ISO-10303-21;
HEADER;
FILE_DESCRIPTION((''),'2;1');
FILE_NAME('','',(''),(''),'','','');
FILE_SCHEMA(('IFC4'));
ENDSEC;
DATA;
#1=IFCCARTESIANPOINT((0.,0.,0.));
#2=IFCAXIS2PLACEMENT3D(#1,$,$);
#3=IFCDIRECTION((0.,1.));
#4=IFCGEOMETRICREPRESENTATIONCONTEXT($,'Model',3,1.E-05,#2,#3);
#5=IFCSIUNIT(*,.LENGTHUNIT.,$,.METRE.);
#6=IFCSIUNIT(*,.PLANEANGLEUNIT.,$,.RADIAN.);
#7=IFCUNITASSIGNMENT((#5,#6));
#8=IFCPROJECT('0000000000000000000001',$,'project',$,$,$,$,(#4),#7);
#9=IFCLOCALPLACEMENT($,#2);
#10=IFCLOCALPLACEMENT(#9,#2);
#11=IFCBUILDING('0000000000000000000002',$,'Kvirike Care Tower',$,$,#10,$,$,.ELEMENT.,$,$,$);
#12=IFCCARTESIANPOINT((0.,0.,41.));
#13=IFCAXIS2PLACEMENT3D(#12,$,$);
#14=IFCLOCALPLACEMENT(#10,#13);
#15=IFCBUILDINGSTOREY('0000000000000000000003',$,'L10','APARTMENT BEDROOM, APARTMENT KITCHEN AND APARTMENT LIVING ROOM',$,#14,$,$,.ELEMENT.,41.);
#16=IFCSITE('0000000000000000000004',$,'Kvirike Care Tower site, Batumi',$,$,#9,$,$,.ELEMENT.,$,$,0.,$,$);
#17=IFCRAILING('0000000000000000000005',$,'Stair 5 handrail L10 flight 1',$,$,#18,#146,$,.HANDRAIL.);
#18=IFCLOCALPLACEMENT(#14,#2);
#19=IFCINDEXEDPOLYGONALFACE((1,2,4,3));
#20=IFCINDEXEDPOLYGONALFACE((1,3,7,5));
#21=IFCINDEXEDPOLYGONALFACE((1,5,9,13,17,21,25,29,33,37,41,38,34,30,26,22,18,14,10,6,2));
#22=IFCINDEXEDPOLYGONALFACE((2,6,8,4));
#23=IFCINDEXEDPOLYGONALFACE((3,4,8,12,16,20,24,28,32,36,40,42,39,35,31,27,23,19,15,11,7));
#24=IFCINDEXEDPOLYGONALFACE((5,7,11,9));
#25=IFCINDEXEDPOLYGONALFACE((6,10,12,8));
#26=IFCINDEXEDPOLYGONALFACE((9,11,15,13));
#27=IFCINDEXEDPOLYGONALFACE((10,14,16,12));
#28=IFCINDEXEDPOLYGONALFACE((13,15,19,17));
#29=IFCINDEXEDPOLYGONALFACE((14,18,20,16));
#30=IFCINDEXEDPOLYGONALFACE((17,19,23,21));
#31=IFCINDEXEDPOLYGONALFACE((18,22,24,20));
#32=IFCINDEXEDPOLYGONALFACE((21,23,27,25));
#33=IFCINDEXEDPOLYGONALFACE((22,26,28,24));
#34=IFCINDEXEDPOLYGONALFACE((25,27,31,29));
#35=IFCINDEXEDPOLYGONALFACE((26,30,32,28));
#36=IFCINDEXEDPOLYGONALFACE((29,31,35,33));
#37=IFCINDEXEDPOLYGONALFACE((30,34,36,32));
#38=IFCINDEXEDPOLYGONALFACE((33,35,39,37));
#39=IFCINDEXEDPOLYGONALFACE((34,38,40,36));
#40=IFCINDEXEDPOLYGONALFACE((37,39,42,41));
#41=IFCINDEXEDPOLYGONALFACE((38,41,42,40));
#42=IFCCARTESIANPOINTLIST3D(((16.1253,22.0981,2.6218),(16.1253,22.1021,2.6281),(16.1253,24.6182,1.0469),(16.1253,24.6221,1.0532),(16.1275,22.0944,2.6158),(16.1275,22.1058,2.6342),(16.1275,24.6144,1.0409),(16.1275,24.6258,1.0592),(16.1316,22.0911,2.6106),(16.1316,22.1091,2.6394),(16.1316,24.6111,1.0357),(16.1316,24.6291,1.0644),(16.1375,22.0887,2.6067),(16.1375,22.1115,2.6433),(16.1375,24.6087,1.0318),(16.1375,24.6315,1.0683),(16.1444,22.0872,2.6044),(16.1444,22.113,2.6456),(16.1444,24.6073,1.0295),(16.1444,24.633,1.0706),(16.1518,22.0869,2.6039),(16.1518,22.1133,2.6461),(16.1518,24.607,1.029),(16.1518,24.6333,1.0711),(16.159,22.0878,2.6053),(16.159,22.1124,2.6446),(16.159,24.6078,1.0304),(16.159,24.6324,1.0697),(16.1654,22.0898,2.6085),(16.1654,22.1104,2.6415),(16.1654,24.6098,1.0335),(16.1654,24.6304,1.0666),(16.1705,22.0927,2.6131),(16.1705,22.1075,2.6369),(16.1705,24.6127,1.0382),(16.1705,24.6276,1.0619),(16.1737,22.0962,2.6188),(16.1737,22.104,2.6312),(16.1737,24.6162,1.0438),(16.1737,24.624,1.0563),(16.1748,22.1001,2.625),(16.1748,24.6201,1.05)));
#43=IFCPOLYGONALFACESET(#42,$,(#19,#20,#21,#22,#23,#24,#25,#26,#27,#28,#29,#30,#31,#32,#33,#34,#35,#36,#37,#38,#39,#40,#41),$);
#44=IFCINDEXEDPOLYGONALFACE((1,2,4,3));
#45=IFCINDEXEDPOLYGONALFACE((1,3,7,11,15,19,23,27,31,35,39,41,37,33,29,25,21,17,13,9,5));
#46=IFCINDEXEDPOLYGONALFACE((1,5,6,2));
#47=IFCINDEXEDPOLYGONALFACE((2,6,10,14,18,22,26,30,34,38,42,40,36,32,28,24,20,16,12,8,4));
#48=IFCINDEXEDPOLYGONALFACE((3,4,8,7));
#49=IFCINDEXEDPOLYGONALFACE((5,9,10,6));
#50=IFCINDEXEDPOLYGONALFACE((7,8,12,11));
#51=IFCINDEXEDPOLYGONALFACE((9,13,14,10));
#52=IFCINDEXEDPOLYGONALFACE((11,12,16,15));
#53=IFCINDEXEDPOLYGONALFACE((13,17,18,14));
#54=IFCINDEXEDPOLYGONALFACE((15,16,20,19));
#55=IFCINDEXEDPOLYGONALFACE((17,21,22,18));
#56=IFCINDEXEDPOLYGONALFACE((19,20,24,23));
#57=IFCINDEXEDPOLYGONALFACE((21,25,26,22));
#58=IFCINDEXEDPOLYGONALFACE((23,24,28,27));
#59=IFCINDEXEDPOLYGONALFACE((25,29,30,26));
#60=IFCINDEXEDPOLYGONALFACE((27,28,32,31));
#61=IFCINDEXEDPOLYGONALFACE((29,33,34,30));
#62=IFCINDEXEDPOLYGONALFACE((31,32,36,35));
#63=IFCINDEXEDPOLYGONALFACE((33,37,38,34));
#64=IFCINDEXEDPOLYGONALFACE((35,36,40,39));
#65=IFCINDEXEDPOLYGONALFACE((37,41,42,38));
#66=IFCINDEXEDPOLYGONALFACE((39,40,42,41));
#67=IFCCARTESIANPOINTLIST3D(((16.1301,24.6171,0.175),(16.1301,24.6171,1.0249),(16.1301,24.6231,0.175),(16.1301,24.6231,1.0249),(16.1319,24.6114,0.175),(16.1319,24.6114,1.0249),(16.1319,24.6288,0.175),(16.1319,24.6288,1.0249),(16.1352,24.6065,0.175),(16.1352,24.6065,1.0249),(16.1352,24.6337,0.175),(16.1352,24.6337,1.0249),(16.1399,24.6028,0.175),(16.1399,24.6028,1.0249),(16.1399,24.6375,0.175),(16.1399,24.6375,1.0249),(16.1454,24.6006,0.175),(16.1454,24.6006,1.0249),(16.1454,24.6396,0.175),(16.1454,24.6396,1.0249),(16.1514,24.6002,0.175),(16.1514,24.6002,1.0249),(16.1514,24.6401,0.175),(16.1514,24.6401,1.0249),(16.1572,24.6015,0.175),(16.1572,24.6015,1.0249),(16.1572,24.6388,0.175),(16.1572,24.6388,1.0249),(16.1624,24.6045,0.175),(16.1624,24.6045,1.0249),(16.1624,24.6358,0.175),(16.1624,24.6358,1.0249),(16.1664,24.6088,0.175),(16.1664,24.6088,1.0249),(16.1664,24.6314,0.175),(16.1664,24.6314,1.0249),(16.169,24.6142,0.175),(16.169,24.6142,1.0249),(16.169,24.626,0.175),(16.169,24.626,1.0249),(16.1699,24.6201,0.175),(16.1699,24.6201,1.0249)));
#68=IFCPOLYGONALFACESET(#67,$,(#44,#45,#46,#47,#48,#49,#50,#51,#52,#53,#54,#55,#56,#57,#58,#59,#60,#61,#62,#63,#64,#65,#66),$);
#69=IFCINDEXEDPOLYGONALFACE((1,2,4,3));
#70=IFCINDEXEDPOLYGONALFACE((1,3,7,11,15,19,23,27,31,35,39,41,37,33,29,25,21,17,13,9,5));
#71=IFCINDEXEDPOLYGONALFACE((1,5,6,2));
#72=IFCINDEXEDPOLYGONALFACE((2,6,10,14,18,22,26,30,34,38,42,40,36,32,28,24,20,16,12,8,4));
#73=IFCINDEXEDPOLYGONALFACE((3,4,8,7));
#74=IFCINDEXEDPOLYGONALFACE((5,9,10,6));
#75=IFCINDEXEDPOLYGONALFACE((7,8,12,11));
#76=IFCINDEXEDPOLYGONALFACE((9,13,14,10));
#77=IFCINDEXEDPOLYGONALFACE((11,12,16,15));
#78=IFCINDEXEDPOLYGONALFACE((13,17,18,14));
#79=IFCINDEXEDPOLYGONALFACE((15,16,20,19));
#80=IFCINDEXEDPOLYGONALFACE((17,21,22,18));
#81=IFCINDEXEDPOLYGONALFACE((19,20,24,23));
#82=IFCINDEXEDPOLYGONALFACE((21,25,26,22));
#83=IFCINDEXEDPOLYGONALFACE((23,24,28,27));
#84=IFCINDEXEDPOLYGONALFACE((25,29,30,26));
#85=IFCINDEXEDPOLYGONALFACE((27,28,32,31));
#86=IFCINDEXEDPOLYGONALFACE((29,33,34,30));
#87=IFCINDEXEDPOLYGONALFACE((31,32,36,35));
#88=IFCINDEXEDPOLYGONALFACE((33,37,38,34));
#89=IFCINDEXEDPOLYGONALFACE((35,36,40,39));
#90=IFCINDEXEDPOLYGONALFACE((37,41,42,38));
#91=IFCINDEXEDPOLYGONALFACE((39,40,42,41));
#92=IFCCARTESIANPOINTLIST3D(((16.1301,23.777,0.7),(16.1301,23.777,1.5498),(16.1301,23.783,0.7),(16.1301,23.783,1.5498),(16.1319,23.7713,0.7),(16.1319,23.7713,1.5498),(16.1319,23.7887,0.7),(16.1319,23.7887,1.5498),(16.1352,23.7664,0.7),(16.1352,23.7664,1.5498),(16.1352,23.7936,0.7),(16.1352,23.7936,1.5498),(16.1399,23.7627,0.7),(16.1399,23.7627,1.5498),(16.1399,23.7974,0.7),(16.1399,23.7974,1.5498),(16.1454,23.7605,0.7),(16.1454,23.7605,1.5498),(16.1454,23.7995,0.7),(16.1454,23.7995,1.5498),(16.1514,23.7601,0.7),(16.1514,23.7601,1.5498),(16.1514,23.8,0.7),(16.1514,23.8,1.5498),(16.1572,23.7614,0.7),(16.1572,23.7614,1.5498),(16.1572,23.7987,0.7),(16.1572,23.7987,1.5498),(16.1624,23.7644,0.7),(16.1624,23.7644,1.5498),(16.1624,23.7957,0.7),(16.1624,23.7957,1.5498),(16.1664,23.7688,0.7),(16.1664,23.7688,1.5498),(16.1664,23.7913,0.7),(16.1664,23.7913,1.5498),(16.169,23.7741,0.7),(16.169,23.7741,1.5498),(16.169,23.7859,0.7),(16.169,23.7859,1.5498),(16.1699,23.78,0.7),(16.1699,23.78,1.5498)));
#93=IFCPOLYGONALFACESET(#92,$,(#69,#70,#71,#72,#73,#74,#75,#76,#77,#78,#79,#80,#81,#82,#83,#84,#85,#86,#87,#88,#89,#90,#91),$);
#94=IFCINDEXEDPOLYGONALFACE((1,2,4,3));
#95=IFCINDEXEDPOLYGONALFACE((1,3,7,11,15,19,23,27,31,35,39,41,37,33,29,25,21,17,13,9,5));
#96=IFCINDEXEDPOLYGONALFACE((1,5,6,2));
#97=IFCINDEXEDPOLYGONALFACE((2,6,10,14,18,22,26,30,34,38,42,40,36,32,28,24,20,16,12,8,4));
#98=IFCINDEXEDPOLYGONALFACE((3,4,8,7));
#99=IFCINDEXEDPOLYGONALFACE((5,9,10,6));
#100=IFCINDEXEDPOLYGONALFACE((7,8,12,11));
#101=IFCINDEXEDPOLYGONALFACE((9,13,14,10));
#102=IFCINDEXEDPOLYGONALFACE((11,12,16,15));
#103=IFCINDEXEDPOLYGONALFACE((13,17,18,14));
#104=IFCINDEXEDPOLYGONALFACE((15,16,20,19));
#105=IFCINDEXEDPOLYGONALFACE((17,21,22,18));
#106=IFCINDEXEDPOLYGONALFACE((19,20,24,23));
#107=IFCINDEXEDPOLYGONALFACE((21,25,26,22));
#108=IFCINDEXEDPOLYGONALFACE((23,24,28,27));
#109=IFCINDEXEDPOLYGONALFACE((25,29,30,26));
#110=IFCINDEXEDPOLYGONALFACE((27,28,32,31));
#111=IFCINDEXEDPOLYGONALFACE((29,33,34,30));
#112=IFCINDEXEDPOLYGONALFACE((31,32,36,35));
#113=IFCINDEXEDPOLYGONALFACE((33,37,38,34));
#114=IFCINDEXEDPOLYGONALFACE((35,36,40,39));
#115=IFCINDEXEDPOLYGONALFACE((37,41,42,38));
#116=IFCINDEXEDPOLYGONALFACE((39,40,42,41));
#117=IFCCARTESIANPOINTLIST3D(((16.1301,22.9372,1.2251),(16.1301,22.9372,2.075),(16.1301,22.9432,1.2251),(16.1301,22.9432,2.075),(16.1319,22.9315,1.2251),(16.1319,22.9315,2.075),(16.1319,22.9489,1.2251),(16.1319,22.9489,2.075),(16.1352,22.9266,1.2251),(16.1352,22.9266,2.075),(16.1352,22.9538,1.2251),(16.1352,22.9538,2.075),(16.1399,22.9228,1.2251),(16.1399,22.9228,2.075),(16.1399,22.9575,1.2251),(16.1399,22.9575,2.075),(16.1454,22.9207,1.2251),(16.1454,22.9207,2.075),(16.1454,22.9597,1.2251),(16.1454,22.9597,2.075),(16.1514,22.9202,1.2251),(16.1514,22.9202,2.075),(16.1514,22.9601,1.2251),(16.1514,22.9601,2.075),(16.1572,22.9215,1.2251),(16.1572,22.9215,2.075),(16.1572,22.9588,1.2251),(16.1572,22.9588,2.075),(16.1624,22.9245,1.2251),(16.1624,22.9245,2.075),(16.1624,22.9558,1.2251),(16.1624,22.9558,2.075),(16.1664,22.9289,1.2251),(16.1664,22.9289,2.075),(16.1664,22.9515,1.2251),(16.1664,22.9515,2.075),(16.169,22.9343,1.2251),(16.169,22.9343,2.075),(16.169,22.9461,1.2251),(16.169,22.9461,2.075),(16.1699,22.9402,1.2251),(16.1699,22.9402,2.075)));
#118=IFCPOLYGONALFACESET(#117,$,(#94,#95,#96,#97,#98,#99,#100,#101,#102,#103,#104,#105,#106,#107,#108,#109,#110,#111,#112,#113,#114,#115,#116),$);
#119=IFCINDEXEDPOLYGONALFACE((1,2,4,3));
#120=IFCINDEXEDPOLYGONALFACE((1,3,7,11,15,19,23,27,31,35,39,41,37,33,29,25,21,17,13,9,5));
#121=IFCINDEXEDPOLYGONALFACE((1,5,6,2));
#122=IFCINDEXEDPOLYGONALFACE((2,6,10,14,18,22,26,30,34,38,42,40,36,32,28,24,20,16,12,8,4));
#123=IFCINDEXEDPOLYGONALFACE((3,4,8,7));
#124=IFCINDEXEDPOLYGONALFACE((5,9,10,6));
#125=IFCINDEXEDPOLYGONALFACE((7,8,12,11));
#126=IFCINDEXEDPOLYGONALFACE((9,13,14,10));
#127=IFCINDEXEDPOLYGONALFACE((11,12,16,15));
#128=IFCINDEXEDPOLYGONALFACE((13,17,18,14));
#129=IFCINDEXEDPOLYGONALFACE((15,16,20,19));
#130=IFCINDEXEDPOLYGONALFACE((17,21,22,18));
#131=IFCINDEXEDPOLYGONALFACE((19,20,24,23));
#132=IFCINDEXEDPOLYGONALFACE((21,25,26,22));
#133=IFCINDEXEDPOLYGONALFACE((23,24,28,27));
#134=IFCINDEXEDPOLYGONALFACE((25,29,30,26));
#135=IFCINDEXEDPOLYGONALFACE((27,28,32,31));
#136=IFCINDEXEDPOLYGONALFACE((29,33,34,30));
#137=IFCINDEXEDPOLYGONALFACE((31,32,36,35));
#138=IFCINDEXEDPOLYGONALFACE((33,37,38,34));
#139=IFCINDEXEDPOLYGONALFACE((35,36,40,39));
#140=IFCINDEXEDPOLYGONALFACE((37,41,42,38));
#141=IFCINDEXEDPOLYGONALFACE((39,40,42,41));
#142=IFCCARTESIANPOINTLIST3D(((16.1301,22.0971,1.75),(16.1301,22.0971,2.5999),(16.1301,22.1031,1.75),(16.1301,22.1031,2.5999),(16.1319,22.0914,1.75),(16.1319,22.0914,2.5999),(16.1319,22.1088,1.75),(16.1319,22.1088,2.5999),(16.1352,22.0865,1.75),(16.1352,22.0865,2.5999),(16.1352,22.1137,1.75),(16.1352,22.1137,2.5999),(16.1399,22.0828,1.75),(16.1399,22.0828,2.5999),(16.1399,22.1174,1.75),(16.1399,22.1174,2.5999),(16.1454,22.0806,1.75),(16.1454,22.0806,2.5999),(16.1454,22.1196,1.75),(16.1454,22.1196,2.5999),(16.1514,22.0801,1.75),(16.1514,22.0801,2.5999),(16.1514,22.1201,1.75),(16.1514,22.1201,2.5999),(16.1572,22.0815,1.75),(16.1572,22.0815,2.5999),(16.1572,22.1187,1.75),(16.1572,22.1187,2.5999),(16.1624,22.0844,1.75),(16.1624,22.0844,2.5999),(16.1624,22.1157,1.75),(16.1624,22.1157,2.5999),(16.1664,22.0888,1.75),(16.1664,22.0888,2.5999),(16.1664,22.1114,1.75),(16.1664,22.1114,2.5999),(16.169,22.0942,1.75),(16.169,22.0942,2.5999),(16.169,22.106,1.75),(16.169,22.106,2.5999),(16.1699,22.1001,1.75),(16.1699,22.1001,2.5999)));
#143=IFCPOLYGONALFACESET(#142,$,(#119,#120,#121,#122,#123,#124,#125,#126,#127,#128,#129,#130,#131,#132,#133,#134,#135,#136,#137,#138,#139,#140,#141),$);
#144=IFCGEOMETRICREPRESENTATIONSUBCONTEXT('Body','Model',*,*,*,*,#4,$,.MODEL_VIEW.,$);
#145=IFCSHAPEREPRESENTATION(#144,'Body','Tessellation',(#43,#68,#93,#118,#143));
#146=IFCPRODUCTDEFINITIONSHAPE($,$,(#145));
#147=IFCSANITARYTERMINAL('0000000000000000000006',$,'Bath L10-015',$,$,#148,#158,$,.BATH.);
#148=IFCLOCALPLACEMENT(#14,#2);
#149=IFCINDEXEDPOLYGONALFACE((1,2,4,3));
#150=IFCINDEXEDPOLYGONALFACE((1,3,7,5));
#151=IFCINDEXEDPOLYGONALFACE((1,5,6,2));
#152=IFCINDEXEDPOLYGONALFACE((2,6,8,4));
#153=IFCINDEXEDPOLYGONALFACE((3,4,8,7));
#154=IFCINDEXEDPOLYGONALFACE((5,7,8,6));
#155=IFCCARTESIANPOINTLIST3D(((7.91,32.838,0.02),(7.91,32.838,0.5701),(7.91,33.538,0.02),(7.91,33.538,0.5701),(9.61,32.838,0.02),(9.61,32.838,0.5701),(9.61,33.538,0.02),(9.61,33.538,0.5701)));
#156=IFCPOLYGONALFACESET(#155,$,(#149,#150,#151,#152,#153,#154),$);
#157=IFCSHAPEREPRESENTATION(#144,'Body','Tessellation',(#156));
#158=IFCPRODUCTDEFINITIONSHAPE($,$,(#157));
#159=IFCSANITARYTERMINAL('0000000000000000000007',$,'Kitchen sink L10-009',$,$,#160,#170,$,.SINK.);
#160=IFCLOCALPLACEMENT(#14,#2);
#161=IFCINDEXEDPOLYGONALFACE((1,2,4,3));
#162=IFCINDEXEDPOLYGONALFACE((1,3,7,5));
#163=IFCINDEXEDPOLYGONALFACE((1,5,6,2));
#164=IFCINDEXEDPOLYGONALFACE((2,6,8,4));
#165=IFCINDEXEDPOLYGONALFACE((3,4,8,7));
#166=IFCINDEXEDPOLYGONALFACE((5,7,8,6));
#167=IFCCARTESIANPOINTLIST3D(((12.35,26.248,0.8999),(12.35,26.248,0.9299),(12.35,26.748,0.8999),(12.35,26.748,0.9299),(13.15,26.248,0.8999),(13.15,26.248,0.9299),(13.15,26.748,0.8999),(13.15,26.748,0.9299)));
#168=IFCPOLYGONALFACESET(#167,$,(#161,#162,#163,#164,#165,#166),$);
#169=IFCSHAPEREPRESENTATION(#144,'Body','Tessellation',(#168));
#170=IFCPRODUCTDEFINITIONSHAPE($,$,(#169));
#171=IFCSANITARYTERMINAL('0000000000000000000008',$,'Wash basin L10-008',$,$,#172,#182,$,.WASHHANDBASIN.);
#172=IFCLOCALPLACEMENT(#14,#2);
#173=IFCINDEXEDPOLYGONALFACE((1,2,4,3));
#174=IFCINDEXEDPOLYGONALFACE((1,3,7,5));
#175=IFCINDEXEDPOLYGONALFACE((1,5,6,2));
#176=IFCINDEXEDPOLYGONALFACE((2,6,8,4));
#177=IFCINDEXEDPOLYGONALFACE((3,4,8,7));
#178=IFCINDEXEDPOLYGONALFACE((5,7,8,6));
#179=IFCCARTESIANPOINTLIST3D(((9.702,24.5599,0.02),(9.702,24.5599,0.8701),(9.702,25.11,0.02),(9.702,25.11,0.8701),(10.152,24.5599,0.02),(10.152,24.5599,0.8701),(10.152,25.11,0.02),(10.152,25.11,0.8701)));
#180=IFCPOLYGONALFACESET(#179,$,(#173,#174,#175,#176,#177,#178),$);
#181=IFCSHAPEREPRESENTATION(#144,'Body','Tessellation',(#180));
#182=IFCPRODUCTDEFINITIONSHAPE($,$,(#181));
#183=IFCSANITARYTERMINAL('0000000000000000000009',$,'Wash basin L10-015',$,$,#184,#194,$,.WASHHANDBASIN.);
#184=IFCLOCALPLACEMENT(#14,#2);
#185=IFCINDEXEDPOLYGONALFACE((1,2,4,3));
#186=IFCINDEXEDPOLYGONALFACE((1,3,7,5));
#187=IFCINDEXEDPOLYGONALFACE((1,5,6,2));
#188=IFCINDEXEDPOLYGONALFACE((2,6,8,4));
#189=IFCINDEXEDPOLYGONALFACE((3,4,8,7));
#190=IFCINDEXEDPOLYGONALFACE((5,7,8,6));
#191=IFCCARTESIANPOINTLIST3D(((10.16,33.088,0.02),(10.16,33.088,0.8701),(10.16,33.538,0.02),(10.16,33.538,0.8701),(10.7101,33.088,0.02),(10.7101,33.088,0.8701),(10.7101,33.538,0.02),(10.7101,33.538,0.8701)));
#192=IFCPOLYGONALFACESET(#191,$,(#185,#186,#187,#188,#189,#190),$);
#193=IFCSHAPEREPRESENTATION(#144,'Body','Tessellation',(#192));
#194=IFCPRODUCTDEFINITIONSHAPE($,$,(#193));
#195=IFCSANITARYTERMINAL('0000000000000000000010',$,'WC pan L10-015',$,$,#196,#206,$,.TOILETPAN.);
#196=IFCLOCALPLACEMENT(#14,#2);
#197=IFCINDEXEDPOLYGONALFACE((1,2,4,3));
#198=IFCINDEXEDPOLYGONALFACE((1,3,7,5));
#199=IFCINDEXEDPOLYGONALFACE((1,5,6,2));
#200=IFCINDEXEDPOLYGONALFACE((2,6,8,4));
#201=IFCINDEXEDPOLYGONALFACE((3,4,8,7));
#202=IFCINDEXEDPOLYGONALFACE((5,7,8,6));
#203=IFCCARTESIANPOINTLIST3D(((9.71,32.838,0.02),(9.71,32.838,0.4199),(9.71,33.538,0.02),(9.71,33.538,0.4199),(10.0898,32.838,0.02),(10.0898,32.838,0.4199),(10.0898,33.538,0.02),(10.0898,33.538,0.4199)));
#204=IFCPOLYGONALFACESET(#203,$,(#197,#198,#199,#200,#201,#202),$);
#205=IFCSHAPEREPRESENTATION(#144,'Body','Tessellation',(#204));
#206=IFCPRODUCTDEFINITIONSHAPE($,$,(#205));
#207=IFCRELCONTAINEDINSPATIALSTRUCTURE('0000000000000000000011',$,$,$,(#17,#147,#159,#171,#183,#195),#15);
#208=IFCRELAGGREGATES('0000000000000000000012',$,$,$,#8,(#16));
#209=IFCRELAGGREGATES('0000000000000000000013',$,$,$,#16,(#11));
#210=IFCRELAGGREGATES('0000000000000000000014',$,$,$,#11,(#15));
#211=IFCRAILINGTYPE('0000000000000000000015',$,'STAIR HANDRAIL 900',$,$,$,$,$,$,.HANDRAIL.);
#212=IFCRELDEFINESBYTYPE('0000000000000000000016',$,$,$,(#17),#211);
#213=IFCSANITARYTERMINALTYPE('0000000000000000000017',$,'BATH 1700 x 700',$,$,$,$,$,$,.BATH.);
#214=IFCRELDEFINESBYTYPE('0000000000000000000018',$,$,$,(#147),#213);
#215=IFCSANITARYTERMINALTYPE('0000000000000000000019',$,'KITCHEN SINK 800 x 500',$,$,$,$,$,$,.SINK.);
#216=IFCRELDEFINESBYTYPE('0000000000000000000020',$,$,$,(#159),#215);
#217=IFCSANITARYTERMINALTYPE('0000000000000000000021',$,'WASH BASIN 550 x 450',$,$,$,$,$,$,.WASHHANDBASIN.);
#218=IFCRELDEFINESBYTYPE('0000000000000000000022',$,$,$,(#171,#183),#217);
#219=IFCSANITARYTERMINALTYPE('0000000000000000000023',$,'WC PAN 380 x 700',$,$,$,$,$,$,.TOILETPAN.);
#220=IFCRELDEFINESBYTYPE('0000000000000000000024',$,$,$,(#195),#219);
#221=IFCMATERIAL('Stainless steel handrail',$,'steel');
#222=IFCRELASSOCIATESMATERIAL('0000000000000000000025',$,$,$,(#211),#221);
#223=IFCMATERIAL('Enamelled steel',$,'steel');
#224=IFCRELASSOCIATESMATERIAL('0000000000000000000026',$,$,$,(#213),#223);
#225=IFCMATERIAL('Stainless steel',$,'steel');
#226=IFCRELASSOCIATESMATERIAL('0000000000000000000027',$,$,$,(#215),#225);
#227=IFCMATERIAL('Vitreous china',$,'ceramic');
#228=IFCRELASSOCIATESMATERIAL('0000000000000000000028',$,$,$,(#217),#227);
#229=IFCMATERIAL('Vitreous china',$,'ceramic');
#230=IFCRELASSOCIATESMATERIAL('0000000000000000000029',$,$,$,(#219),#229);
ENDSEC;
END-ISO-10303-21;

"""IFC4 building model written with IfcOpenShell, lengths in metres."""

from ifc_helpers import new_model, si_unit, direction, frame, origin, origin_2d, place, context, subcontext, project, spatial, rectangle, circle, extrude, material, type_object, element, save


model = new_model("IFC4")

# Units and contexts
model_context = context("Model", 3, precision=1e-05, world=origin(), true_north=direction((0.0, 1.0)))
body_context = subcontext(model_context, "Body", "Model", "MODEL_VIEW")
ifc_project = project(units=[si_unit("LENGTHUNIT", "METRE"), si_unit("PLANEANGLEUNIT", "RADIAN")], contexts=[model_context])

# Site, building, storey
site_placement = place(None, origin())
site = spatial("IfcSite", under=ifc_project, at=site_placement, Name="Kvirike Care Tower site, Batumi", CompositionType="ELEMENT", RefElevation=0.0)
building_placement = place(site_placement, origin())
building = spatial("IfcBuilding", under=site, at=building_placement, Name="Kvirike Care Tower", CompositionType="ELEMENT")
storey_placement = place(building_placement, frame((0.0, 0.0, 41.0)))
storey = spatial("IfcBuildingStorey", under=building, at=storey_placement, Name="L10", Description="APARTMENT BEDROOM, APARTMENT KITCHEN AND APARTMENT LIVING ROOM", CompositionType="ELEMENT", Elevation=41.0)

# Railing
ifc_material_1 = material(Name="Stainless steel handrail", Category="steel")
railing_type = type_object("IfcRailingType", Name="STAIR HANDRAIL 900", PredefinedType="HANDRAIL", material=ifc_material_1)
railing_placement = place(storey_placement, frame((16.1499, 24.6201, 0.175)))
element("IfcRailing", 1, at=railing_placement, inside=storey, type_object=railing_type, Name="Stair 5 handrail L10 flight 1", PredefinedType="HANDRAIL", context=body_context, shape_type="SweptSolid", body=[
    extrude(circle(Radius=0.0249, at=origin_2d()), frame((0.0, 0.0, 0.875), z_axis=(0.0, -0.848008, 0.529984), x_axis=(1.0, 0.0, 0.0)), (0.0, 0.0, 1.0), 2.9717),
    extrude(circle(Radius=0.02, at=origin_2d()), origin(), (0.0, 0.0, 1.0), 0.8499),
    extrude(circle(Radius=0.02, at=origin_2d()), frame((0.0, -0.8401, 0.5249)), (0.0, 0.0, 1.0), 0.8499),
    extrude(circle(Radius=0.02, at=origin_2d()), frame((0.0, -1.6799, 1.05)), (0.0, 0.0, 1.0), 0.8499),
    extrude(circle(Radius=0.02, at=origin_2d()), frame((0.0, -2.52, 1.575)), (0.0, 0.0, 1.0), 0.8499),
])

# Sanitary terminals
ifc_material_2 = material(Name="Enamelled steel", Category="steel")
sanitary_terminal_type_1 = type_object("IfcSanitaryTerminalType", Name="BATH 1700 x 700", PredefinedType="BATH", material=ifc_material_2)
sanitary_terminal_1_placement = place(storey_placement, frame((8.76, 33.188, 0.02), z_axis=(0.0, 0.0, 1.0), x_axis=(1.0, 0.0, 0.0)))
element("IfcSanitaryTerminal", 2, at=sanitary_terminal_1_placement, inside=storey, type_object=sanitary_terminal_type_1, Name="Bath L10-015", PredefinedType="BATH", context=body_context, shape_type="SweptSolid", body=[
    extrude(rectangle(XDim=1.7, YDim=0.7, at=origin_2d()), origin(), (0.0, 0.0, 1.0), 0.55),
])
ifc_material_3 = material(Name="Stainless steel", Category="steel")
sanitary_terminal_type_2 = type_object("IfcSanitaryTerminalType", Name="KITCHEN SINK 800 x 500", PredefinedType="SINK", material=ifc_material_3)
sanitary_terminal_2_placement = place(storey_placement, frame((12.75, 26.498, 0.8999), z_axis=(0.0, 0.0, 1.0), x_axis=(1.0, 0.0, 0.0)))
element("IfcSanitaryTerminal", 3, at=sanitary_terminal_2_placement, inside=storey, type_object=sanitary_terminal_type_2, Name="Kitchen sink L10-009", PredefinedType="SINK", context=body_context, shape_type="SweptSolid", body=[
    extrude(rectangle(XDim=0.8, YDim=0.5, at=origin_2d()), origin(), (0.0, 0.0, 1.0), 0.03),
])
ifc_material_4 = material(Name="Vitreous china", Category="ceramic")
sanitary_terminal_type_3 = type_object("IfcSanitaryTerminalType", Name="WASH BASIN 550 x 450", PredefinedType="WASHHANDBASIN", material=ifc_material_4)
for number, where, z_axis, x_axis, name in (
    (4, (9.927, 24.835, 0.02), (0.0, 0.0, 1.0), (0.0, 1.0, 0.0), "Wash basin L10-008"),
    (5, (10.4351, 33.313, 0.02), (0.0, 0.0, 1.0), (1.0, 0.0, 0.0), "Wash basin L10-015"),
):
    element("IfcSanitaryTerminal", number, at=place(storey_placement, frame(where, z_axis=z_axis, x_axis=x_axis)), inside=storey, type_object=sanitary_terminal_type_3, Name=name, PredefinedType="WASHHANDBASIN", context=body_context, shape_type="SweptSolid", body=[
        extrude(rectangle(XDim=0.55, YDim=0.45, at=origin_2d()), origin(), (0.0, 0.0, 1.0), 0.8501),
    ])
ifc_material_5 = material(Name="Vitreous china", Category="ceramic")
sanitary_terminal_type_4 = type_object("IfcSanitaryTerminalType", Name="WC PAN 380 x 700", PredefinedType="TOILETPAN", material=ifc_material_5)
sanitary_terminal_3_placement = place(storey_placement, frame((9.8999, 33.188, 0.02), z_axis=(0.0, 0.0, 1.0), x_axis=(1.0, 0.0, 0.0)))
element("IfcSanitaryTerminal", 6, at=sanitary_terminal_3_placement, inside=storey, type_object=sanitary_terminal_type_4, Name="WC pan L10-015", PredefinedType="TOILETPAN", context=body_context, shape_type="SweptSolid", body=[
    extrude(rectangle(XDim=0.3799, YDim=0.7, at=origin_2d()), origin(), (0.0, 0.0, 1.0), 0.3999),
])

save(model, "model.ifc")
